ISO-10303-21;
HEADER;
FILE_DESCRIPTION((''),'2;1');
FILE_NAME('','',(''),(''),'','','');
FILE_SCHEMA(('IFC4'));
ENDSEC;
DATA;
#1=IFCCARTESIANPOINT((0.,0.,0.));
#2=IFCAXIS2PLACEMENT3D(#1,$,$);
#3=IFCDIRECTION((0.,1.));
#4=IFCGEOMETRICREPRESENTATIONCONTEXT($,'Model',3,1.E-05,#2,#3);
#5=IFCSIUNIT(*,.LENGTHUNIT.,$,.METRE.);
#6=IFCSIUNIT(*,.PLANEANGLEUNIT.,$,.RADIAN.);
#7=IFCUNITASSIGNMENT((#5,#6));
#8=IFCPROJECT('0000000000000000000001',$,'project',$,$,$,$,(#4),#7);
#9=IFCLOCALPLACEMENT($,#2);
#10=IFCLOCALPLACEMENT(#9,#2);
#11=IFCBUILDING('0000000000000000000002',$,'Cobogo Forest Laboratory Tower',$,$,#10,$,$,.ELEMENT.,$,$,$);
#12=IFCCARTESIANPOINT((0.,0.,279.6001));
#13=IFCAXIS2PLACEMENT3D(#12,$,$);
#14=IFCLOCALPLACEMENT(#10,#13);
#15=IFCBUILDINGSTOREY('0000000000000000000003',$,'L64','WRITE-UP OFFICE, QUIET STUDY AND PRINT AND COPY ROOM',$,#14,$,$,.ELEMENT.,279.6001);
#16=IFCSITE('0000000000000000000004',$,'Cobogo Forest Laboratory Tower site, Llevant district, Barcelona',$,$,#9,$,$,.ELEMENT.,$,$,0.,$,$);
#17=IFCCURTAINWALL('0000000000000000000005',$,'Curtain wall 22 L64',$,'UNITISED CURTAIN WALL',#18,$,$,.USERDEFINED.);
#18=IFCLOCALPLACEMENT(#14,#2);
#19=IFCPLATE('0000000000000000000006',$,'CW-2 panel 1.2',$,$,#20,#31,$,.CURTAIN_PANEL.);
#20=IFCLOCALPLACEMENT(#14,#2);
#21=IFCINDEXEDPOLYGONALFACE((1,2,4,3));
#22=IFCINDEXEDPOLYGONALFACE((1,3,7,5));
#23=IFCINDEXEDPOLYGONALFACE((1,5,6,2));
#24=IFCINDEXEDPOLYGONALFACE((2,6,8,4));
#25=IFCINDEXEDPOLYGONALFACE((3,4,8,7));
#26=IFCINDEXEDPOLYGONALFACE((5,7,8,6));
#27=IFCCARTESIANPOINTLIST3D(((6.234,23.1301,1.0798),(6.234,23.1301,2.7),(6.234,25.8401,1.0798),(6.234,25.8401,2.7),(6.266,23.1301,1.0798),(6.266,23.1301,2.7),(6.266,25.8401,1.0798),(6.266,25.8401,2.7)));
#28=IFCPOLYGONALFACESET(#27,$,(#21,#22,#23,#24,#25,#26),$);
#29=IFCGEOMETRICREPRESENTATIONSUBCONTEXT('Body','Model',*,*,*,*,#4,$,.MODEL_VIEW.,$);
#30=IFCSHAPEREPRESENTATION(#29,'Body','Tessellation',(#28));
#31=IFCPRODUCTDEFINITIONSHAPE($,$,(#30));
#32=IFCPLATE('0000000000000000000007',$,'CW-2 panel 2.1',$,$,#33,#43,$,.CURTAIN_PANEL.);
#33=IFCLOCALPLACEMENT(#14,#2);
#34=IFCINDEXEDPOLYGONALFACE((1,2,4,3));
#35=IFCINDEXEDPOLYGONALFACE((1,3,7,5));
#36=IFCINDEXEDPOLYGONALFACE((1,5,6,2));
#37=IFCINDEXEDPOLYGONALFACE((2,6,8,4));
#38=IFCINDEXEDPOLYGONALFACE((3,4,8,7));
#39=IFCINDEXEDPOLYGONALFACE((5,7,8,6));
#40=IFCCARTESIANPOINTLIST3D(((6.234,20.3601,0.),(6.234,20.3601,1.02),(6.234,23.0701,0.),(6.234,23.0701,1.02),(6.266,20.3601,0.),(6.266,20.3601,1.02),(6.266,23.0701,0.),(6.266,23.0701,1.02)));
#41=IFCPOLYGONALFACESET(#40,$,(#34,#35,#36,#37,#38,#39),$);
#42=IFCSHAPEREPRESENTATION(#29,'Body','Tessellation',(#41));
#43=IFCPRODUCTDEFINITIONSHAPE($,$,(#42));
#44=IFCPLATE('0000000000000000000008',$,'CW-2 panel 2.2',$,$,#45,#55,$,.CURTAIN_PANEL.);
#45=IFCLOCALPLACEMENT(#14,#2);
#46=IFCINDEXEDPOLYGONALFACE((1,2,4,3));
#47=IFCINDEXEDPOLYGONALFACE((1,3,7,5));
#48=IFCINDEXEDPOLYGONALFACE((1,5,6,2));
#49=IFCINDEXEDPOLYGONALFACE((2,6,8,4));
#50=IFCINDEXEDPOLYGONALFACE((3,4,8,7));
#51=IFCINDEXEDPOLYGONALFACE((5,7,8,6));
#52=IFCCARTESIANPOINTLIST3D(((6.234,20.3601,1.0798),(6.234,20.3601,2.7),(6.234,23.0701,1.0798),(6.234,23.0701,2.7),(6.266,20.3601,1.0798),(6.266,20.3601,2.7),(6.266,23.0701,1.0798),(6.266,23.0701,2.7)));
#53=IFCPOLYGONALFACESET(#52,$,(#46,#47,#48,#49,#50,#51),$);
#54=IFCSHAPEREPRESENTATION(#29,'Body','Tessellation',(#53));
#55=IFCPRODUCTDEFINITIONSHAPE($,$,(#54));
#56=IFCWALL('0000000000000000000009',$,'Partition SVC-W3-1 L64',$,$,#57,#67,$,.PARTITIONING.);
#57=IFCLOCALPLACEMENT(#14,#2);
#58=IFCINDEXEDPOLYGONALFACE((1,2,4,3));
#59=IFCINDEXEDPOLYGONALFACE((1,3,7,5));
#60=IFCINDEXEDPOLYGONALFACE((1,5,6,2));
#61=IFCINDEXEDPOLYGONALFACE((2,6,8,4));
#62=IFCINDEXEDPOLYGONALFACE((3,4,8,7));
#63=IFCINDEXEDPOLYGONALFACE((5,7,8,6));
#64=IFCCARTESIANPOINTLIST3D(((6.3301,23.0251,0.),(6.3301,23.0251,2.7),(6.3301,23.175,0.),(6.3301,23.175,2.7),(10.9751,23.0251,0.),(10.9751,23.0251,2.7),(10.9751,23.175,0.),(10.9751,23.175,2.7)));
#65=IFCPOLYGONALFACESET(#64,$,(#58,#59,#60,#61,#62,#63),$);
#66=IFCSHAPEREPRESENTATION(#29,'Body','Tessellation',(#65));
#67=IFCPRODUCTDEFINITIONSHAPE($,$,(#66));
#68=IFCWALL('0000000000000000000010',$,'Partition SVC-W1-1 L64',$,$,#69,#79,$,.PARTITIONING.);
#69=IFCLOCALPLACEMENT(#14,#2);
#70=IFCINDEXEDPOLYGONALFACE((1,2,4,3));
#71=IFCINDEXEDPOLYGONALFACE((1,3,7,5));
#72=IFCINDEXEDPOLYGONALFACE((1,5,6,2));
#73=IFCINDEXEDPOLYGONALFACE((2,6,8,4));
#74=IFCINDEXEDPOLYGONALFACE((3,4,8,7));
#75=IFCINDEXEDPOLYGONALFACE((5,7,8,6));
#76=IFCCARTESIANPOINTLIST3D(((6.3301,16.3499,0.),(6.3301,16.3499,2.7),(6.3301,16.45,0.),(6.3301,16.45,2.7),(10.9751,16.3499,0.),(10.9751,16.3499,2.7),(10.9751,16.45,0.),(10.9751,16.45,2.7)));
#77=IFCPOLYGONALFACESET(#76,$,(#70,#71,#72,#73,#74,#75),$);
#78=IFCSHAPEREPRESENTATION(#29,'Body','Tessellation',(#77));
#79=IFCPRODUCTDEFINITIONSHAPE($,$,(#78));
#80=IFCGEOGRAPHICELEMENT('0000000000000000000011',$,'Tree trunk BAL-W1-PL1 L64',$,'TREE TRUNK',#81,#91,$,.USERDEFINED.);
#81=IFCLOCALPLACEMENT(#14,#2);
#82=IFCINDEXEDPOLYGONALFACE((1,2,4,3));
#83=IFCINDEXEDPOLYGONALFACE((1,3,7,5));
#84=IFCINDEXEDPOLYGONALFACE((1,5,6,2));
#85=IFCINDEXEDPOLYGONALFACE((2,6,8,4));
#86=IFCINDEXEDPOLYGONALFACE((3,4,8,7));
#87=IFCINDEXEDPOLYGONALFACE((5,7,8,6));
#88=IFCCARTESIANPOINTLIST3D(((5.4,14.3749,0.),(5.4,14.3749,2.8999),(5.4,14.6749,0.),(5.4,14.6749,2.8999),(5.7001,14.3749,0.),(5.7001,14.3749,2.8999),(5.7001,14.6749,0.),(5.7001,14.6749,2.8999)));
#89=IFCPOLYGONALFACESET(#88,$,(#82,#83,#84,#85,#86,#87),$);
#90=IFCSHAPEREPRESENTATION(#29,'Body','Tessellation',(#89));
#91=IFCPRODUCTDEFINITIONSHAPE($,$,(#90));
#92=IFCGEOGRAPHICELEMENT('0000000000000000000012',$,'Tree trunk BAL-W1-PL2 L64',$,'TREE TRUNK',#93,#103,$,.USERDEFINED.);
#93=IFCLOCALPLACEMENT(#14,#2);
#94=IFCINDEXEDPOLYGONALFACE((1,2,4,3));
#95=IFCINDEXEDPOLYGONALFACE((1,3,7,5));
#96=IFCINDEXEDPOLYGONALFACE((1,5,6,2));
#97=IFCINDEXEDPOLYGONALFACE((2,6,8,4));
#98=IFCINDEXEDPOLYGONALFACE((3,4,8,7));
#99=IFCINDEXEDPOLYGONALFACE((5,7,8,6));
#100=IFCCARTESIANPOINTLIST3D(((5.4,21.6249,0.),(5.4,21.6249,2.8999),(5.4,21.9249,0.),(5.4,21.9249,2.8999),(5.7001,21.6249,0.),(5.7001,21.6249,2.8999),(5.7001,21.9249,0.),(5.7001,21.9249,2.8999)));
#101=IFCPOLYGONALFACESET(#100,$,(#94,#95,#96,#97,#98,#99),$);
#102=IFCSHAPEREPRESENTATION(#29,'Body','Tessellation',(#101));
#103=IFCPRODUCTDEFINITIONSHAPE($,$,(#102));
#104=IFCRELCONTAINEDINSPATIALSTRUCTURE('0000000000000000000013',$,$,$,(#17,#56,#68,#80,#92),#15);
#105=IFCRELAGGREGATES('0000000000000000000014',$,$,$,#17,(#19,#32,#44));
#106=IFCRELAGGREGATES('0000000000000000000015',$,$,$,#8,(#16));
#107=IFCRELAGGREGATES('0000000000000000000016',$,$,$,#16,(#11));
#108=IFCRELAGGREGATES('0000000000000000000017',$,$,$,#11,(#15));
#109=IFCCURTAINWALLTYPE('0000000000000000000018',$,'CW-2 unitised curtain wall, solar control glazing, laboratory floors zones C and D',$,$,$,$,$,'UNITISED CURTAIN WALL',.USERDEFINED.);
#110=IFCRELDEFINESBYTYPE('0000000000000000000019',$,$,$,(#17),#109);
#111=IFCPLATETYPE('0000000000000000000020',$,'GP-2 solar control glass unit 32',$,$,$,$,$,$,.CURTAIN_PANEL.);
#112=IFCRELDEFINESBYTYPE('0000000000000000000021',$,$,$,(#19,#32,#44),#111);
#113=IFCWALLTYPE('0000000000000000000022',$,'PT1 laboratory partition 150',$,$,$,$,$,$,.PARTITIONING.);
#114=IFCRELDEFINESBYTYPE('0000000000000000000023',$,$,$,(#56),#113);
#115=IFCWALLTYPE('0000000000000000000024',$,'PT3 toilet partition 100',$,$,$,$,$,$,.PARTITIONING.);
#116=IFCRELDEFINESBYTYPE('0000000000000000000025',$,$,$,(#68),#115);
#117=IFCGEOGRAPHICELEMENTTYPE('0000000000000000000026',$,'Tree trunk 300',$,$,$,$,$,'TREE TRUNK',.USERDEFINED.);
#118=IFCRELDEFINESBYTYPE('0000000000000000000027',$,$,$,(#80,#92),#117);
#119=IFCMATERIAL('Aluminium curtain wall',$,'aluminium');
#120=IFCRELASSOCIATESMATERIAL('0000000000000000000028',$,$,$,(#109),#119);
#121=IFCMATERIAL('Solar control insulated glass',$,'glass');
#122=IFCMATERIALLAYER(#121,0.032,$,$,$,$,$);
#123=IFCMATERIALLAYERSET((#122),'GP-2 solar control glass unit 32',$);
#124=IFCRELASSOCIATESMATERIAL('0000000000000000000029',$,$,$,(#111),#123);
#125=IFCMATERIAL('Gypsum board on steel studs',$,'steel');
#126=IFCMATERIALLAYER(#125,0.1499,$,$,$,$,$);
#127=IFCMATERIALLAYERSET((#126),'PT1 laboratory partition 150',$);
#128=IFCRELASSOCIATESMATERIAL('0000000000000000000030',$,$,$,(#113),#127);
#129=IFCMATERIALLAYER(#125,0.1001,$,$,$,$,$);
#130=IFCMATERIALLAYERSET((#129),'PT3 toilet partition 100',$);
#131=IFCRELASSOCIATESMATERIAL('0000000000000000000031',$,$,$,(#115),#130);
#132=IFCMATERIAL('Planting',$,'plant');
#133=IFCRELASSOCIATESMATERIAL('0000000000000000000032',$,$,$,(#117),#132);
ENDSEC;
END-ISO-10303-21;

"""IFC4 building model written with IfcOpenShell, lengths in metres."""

from ifc_helpers import new_model, si_unit, direction, frame, frame_2d, origin, origin_2d, place, context, subcontext, project, spatial, rectangle, extrude, material, layer, layer_set, type_object, element, aggregate, save


model = new_model("IFC4")

# Units and contexts
model_context = context("Model", 3, precision=1e-05, world=origin(), true_north=direction((0.0, 1.0)))
body_context = subcontext(model_context, "Body", "Model", "MODEL_VIEW")
ifc_project = project(units=[si_unit("LENGTHUNIT", "METRE"), si_unit("PLANEANGLEUNIT", "RADIAN")], contexts=[model_context])

# Site, building, storey
site_placement = place(None, origin())
site = spatial("IfcSite", under=ifc_project, at=site_placement, Name="Cobogo Forest Laboratory Tower site, Llevant district, Barcelona", CompositionType="ELEMENT", RefElevation=0.0)
building_placement = place(site_placement, origin())
building = spatial("IfcBuilding", under=site, at=building_placement, Name="Cobogo Forest Laboratory Tower", CompositionType="ELEMENT")
storey_placement = place(building_placement, frame((0.0, 0.0, 279.6001)))
storey = spatial("IfcBuildingStorey", under=building, at=storey_placement, Name="L64", Description="WRITE-UP OFFICE, QUIET STUDY AND PRINT AND COPY ROOM", CompositionType="ELEMENT", Elevation=279.6001)

# Shared definitions
ifc_material_1 = material(Name="Aluminium curtain wall", Category="aluminium")
curtain_wall_type = type_object("IfcCurtainWallType", Name="CW-2 unitised curtain wall, solar control glazing, laboratory floors zones C and D", ElementType="UNITISED CURTAIN WALL", PredefinedType="USERDEFINED", material=ifc_material_1)

# Curtain wall
curtain_wall_1_placement = place(storey_placement, origin())
curtain_wall_1 = element("IfcCurtainWall", 1, at=curtain_wall_1_placement, inside=storey, type_object=curtain_wall_type, Name="Curtain wall 22 L64", ObjectType="UNITISED CURTAIN WALL", PredefinedType="USERDEFINED")

# Plates
ifc_material_2 = material(Name="Solar control insulated glass", Category="glass")
ifc_layer_1 = layer(ifc_material_2, 0.032)
ifc_layer_set_1 = layer_set([ifc_layer_1], Name="GP-2 solar control glass unit 32")
plate_type_1 = type_object("IfcPlateType", Name="GP-2 solar control glass unit 32", PredefinedType="CURTAIN_PANEL", material=ifc_layer_set_1)
plate_1_placement = place(storey_placement, frame((6.25, 24.4851, 1.0798), z_axis=(0.0, 0.0, 1.0), x_axis=(0.0, -1.0, 0.0)))
plate_1 = element("IfcPlate", 2, at=plate_1_placement, type_object=plate_type_1, Name="CW-2 panel 1.2", PredefinedType="CURTAIN_PANEL", context=body_context, shape_type="SweptSolid", body=[
    extrude(rectangle(XDim=2.71, YDim=0.032, at=origin_2d()), origin(), (0.0, 0.0, 1.0), 1.6201),
])
plate_2_placement = place(storey_placement, frame((6.25, 21.7151, 0.0), z_axis=(0.0, 0.0, 1.0), x_axis=(0.0, -1.0, 0.0)))
plate_2 = element("IfcPlate", 3, at=plate_2_placement, type_object=plate_type_1, Name="CW-2 panel 2.1", PredefinedType="CURTAIN_PANEL", context=body_context, shape_type="SweptSolid", body=[
    extrude(rectangle(XDim=2.71, YDim=0.032, at=origin_2d()), origin(), (0.0, 0.0, 1.0), 1.02),
])
plate_3_placement = place(storey_placement, frame((6.25, 21.7151, 1.0798), z_axis=(0.0, 0.0, 1.0), x_axis=(0.0, -1.0, 0.0)))
plate_3 = element("IfcPlate", 4, at=plate_3_placement, type_object=plate_type_1, Name="CW-2 panel 2.2", PredefinedType="CURTAIN_PANEL", context=body_context, shape_type="SweptSolid", body=[
    extrude(rectangle(XDim=2.71, YDim=0.032, at=origin_2d()), origin(), (0.0, 0.0, 1.0), 1.6201),
])
aggregate(curtain_wall_1, [plate_1, plate_2, plate_3])

# Walls
ifc_material_3 = material(Name="Gypsum board on steel studs", Category="steel")
ifc_layer_2 = layer(ifc_material_3, 0.1499)
ifc_layer_set_2 = layer_set([ifc_layer_2], Name="PT1 laboratory partition 150")
wall_type_1 = type_object("IfcWallType", Name="PT1 laboratory partition 150", PredefinedType="PARTITIONING", material=ifc_layer_set_2)
wall_1_placement = place(storey_placement, frame((6.3301, 23.1001, 0.0), z_axis=(0.0, 0.0, 1.0), x_axis=(1.0, 0.0, 0.0)))
element("IfcWall", 5, at=wall_1_placement, inside=storey, type_object=wall_type_1, Name="Partition SVC-W3-1 L64", PredefinedType="PARTITIONING", context=body_context, shape_type="SweptSolid", body=[
    extrude(rectangle(XDim=4.645, YDim=0.1499, at=frame_2d((2.3225, 0.0))), origin(), (0.0, 0.0, 1.0), 2.7),
])
ifc_layer_3 = layer(ifc_material_3, 0.1001)
ifc_layer_set_3 = layer_set([ifc_layer_3], Name="PT3 toilet partition 100")
wall_type_2 = type_object("IfcWallType", Name="PT3 toilet partition 100", PredefinedType="PARTITIONING", material=ifc_layer_set_3)
wall_2_placement = place(storey_placement, frame((6.3301, 16.3999, 0.0), z_axis=(0.0, 0.0, 1.0), x_axis=(1.0, 0.0, 0.0)))
element("IfcWall", 6, at=wall_2_placement, inside=storey, type_object=wall_type_2, Name="Partition SVC-W1-1 L64", PredefinedType="PARTITIONING", context=body_context, shape_type="SweptSolid", body=[
    extrude(rectangle(XDim=4.645, YDim=0.1001, at=frame_2d((2.3225, 0.0))), origin(), (0.0, 0.0, 1.0), 2.7),
])

# Geographic elements
ifc_material_4 = material(Name="Planting", Category="plant")
geographic_element_type = type_object("IfcGeographicElementType", Name="Tree trunk 300", ElementType="TREE TRUNK", PredefinedType="USERDEFINED", material=ifc_material_4)
for number, where, z_axis, x_axis, name in (
    (7, (5.55, 14.5249, 0.0), (0.0, 0.0, 1.0), (1.0, 0.0, 0.0), "Tree trunk BAL-W1-PL1 L64"),
    (8, (5.55, 21.7749, 0.0), (0.0, 0.0, 1.0), (1.0, 0.0, 0.0), "Tree trunk BAL-W1-PL2 L64"),
):
    element("IfcGeographicElement", number, at=place(storey_placement, frame(where, z_axis=z_axis, x_axis=x_axis)), inside=storey, type_object=geographic_element_type, Name=name, ObjectType="TREE TRUNK", PredefinedType="USERDEFINED", context=body_context, shape_type="SweptSolid", body=[
        extrude(rectangle(XDim=0.3, YDim=0.3, at=origin_2d()), origin(), (0.0, 0.0, 1.0), 2.8999),
    ])

save(model, "model.ifc")
